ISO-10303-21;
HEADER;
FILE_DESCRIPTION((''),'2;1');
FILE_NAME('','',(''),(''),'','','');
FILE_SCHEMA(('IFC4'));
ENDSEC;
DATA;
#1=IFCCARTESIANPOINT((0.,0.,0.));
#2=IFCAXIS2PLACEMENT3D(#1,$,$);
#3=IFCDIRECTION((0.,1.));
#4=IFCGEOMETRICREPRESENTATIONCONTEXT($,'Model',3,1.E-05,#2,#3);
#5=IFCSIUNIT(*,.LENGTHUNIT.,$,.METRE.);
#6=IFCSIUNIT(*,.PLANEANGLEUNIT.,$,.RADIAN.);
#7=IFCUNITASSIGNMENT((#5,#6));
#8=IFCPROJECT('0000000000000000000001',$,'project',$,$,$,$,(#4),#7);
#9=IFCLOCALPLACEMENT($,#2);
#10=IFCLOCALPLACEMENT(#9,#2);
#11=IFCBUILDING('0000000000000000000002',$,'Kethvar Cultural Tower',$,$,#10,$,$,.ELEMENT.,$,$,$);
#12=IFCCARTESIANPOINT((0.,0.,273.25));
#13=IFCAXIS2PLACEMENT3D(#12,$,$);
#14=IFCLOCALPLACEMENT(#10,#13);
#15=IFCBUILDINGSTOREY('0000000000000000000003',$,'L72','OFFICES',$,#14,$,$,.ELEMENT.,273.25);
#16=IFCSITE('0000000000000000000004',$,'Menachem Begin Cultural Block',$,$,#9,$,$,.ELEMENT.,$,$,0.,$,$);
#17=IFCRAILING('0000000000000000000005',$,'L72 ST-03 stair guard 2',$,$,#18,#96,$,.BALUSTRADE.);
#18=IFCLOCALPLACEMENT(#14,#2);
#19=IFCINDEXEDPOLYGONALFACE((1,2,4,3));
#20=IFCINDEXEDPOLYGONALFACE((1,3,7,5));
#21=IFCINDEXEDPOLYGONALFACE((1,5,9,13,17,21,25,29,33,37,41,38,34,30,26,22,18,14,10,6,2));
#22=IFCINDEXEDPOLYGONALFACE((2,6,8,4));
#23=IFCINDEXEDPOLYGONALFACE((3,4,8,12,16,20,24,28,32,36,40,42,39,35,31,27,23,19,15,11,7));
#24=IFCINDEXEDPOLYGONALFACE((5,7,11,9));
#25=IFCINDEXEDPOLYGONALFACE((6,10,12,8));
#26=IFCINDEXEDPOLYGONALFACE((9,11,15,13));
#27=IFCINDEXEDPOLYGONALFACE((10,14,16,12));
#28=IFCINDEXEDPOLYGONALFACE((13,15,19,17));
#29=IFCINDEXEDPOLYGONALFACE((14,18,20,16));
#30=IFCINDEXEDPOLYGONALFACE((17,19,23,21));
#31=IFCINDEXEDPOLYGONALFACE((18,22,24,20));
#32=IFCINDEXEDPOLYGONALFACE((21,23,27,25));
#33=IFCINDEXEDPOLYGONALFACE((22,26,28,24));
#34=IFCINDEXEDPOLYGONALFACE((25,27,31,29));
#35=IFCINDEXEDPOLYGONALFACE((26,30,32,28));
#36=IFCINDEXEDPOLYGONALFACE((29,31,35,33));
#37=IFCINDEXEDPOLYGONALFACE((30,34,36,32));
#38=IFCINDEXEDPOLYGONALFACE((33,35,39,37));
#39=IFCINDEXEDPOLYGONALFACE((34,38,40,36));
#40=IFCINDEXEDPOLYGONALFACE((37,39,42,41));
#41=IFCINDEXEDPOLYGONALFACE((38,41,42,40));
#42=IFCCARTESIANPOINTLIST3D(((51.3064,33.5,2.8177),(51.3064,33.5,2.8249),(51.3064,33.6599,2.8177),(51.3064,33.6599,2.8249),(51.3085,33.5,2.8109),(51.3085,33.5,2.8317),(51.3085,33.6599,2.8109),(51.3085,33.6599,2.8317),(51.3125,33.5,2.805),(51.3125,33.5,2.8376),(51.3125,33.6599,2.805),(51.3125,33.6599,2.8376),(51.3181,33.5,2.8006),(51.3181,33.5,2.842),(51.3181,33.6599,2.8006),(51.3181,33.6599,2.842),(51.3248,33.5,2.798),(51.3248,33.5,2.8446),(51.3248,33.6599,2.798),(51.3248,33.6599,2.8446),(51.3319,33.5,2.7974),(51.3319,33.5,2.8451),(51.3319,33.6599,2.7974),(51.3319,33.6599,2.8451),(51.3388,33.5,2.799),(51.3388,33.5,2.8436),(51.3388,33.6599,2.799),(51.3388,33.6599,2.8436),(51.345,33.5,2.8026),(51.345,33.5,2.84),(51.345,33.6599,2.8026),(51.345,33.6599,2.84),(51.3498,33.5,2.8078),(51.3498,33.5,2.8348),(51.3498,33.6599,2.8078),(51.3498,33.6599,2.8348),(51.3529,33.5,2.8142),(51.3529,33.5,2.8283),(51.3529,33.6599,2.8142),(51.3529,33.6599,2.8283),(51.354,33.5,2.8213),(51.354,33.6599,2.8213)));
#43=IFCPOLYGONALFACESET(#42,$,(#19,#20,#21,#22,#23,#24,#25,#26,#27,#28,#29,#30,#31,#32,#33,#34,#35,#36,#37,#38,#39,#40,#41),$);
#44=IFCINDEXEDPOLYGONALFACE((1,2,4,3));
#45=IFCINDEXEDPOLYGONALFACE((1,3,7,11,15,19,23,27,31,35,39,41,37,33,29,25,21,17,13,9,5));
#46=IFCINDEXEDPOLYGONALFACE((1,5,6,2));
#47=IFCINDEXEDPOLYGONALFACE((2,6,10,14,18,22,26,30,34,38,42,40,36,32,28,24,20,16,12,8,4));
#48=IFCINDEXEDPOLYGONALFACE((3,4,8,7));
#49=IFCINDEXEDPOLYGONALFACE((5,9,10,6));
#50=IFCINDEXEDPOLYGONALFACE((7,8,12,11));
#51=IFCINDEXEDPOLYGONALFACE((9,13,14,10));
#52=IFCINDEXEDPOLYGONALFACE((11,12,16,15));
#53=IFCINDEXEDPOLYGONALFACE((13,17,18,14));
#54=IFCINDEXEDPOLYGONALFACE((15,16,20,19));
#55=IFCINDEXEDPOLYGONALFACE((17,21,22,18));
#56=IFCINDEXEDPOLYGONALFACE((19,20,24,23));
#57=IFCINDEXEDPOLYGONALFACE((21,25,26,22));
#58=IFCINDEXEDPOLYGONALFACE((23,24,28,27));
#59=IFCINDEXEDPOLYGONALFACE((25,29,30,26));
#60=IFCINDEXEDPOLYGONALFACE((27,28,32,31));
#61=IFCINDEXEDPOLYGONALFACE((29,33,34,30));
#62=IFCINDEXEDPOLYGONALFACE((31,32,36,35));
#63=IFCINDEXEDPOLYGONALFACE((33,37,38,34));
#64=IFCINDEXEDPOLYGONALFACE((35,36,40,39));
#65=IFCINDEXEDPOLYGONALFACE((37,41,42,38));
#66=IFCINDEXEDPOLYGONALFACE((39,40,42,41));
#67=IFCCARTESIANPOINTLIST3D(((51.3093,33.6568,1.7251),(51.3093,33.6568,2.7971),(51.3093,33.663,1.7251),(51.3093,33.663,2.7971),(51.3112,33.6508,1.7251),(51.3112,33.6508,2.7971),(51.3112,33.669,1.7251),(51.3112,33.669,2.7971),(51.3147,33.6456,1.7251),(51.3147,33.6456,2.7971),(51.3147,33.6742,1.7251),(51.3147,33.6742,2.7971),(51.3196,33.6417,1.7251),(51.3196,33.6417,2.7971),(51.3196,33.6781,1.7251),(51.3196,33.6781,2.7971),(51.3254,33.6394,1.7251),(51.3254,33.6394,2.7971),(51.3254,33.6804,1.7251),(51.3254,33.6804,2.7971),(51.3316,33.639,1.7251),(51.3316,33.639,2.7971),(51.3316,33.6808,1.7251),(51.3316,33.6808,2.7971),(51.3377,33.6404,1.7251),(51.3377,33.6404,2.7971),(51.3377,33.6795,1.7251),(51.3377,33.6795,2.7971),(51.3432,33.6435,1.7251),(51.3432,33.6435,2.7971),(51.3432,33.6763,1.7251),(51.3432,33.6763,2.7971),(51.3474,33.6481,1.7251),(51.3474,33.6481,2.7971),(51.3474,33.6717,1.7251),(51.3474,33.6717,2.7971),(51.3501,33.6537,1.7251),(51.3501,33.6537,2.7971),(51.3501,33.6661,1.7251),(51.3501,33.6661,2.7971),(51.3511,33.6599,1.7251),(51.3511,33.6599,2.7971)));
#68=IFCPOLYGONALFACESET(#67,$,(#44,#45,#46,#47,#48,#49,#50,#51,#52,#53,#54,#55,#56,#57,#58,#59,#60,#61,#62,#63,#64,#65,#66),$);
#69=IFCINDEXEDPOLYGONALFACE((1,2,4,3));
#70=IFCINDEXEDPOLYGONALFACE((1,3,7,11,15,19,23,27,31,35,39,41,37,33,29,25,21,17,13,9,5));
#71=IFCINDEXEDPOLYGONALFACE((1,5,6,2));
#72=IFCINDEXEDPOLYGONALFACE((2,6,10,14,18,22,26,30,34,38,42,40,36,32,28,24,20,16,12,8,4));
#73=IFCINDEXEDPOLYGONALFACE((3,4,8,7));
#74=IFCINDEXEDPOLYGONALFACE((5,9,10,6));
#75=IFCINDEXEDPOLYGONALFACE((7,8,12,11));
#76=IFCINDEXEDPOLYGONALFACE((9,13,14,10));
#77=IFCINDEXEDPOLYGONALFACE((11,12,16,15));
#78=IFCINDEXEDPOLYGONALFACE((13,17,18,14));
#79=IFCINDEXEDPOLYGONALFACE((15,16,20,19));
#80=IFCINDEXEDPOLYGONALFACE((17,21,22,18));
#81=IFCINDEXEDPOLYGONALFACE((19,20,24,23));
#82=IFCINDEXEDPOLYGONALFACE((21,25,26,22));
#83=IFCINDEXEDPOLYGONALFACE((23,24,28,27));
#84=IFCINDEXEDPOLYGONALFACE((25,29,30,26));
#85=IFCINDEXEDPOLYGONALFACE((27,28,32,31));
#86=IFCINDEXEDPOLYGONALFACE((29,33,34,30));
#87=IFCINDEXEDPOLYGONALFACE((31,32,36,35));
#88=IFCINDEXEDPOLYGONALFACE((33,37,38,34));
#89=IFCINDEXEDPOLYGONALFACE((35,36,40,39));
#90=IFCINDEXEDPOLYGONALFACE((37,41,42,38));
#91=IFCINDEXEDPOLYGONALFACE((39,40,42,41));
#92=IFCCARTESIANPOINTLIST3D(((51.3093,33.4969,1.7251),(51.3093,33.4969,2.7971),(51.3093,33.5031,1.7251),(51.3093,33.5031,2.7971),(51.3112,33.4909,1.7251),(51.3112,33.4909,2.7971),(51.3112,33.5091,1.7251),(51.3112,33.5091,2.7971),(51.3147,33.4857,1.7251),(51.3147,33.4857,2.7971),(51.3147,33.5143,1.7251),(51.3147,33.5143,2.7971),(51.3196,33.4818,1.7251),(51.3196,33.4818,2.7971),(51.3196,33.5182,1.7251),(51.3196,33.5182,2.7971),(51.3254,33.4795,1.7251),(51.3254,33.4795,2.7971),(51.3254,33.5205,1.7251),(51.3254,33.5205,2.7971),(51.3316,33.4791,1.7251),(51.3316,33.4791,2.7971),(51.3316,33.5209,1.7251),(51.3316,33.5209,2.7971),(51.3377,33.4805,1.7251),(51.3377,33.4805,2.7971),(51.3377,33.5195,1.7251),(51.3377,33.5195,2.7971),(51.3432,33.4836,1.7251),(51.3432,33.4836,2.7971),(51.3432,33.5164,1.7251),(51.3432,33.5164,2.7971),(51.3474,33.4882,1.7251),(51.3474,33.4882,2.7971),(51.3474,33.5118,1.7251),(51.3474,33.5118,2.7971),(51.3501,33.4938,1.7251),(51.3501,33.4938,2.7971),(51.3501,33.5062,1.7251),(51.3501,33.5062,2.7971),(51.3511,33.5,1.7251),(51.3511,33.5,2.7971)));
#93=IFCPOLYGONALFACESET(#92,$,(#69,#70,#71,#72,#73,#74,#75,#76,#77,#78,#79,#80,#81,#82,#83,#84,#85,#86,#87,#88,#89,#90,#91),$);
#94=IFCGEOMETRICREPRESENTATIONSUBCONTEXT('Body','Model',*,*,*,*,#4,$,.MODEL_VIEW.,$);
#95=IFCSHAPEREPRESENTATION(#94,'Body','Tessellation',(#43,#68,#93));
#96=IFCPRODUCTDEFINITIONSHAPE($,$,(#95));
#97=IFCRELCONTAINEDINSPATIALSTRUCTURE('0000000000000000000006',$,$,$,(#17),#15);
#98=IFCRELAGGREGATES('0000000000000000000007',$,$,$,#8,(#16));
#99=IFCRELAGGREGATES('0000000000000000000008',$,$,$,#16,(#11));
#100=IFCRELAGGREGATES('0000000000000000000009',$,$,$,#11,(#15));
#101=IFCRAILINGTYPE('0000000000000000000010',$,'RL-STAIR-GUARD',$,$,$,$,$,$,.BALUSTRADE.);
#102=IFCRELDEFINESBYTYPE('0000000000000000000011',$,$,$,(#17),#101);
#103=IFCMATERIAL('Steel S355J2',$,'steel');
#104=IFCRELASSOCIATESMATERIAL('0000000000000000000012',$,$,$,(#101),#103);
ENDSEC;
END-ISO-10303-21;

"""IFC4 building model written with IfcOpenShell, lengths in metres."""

from ifc_helpers import new_model, si_unit, direction, frame, origin, origin_2d, place, context, subcontext, project, spatial, circle, extrude, material, type_object, element, save


model = new_model("IFC4")

# Units and contexts
model_context = context("Model", 3, precision=1e-05, world=origin(), true_north=direction((0.0, 1.0)))
body_context = subcontext(model_context, "Body", "Model", "MODEL_VIEW")
ifc_project = project(units=[si_unit("LENGTHUNIT", "METRE"), si_unit("PLANEANGLEUNIT", "RADIAN")], contexts=[model_context])

# Site, building, storey
site_placement = place(None, origin())
site = spatial("IfcSite", under=ifc_project, at=site_placement, Name="Menachem Begin Cultural Block", CompositionType="ELEMENT", RefElevation=0.0)
building_placement = place(site_placement, origin())
building = spatial("IfcBuilding", under=site, at=building_placement, Name="Kethvar Cultural Tower", CompositionType="ELEMENT")
storey_placement = place(building_placement, frame((0.0, 0.0, 273.25)))
storey = spatial("IfcBuildingStorey", under=building, at=storey_placement, Name="L72", Description="OFFICES", CompositionType="ELEMENT", Elevation=273.25)

# Shared definitions
ifc_material_1 = material(Name="Steel S355J2", Category="steel")

# Railing
railing_type_1 = type_object("IfcRailingType", Name="RL-STAIR-GUARD", PredefinedType="BALUSTRADE", material=ifc_material_1)
railing_1_placement = place(storey_placement, frame((51.3301, 33.6599, 1.7251)))
element("IfcRailing", 1, at=railing_1_placement, inside=storey, type_object=railing_type_1, Name="L72 ST-03 stair guard 2", PredefinedType="BALUSTRADE", context=body_context, shape_type="SweptSolid", body=[
    extrude(circle(Radius=0.0239, at=origin_2d()), frame((0.0, 0.0, 1.0962), z_axis=(0.0, -1.0, 0.0), x_axis=(1.0, 0.0, 0.0)), (0.0, 0.0, 1.0), 0.1599),
    extrude(circle(Radius=0.021, at=origin_2d()), origin(), (0.0, 0.0, 1.0), 1.072),
    extrude(circle(Radius=0.021, at=origin_2d()), frame((0.0, -0.1599, 0.0)), (0.0, 0.0, 1.0), 1.072),
])

save(model, "model.ifc")
